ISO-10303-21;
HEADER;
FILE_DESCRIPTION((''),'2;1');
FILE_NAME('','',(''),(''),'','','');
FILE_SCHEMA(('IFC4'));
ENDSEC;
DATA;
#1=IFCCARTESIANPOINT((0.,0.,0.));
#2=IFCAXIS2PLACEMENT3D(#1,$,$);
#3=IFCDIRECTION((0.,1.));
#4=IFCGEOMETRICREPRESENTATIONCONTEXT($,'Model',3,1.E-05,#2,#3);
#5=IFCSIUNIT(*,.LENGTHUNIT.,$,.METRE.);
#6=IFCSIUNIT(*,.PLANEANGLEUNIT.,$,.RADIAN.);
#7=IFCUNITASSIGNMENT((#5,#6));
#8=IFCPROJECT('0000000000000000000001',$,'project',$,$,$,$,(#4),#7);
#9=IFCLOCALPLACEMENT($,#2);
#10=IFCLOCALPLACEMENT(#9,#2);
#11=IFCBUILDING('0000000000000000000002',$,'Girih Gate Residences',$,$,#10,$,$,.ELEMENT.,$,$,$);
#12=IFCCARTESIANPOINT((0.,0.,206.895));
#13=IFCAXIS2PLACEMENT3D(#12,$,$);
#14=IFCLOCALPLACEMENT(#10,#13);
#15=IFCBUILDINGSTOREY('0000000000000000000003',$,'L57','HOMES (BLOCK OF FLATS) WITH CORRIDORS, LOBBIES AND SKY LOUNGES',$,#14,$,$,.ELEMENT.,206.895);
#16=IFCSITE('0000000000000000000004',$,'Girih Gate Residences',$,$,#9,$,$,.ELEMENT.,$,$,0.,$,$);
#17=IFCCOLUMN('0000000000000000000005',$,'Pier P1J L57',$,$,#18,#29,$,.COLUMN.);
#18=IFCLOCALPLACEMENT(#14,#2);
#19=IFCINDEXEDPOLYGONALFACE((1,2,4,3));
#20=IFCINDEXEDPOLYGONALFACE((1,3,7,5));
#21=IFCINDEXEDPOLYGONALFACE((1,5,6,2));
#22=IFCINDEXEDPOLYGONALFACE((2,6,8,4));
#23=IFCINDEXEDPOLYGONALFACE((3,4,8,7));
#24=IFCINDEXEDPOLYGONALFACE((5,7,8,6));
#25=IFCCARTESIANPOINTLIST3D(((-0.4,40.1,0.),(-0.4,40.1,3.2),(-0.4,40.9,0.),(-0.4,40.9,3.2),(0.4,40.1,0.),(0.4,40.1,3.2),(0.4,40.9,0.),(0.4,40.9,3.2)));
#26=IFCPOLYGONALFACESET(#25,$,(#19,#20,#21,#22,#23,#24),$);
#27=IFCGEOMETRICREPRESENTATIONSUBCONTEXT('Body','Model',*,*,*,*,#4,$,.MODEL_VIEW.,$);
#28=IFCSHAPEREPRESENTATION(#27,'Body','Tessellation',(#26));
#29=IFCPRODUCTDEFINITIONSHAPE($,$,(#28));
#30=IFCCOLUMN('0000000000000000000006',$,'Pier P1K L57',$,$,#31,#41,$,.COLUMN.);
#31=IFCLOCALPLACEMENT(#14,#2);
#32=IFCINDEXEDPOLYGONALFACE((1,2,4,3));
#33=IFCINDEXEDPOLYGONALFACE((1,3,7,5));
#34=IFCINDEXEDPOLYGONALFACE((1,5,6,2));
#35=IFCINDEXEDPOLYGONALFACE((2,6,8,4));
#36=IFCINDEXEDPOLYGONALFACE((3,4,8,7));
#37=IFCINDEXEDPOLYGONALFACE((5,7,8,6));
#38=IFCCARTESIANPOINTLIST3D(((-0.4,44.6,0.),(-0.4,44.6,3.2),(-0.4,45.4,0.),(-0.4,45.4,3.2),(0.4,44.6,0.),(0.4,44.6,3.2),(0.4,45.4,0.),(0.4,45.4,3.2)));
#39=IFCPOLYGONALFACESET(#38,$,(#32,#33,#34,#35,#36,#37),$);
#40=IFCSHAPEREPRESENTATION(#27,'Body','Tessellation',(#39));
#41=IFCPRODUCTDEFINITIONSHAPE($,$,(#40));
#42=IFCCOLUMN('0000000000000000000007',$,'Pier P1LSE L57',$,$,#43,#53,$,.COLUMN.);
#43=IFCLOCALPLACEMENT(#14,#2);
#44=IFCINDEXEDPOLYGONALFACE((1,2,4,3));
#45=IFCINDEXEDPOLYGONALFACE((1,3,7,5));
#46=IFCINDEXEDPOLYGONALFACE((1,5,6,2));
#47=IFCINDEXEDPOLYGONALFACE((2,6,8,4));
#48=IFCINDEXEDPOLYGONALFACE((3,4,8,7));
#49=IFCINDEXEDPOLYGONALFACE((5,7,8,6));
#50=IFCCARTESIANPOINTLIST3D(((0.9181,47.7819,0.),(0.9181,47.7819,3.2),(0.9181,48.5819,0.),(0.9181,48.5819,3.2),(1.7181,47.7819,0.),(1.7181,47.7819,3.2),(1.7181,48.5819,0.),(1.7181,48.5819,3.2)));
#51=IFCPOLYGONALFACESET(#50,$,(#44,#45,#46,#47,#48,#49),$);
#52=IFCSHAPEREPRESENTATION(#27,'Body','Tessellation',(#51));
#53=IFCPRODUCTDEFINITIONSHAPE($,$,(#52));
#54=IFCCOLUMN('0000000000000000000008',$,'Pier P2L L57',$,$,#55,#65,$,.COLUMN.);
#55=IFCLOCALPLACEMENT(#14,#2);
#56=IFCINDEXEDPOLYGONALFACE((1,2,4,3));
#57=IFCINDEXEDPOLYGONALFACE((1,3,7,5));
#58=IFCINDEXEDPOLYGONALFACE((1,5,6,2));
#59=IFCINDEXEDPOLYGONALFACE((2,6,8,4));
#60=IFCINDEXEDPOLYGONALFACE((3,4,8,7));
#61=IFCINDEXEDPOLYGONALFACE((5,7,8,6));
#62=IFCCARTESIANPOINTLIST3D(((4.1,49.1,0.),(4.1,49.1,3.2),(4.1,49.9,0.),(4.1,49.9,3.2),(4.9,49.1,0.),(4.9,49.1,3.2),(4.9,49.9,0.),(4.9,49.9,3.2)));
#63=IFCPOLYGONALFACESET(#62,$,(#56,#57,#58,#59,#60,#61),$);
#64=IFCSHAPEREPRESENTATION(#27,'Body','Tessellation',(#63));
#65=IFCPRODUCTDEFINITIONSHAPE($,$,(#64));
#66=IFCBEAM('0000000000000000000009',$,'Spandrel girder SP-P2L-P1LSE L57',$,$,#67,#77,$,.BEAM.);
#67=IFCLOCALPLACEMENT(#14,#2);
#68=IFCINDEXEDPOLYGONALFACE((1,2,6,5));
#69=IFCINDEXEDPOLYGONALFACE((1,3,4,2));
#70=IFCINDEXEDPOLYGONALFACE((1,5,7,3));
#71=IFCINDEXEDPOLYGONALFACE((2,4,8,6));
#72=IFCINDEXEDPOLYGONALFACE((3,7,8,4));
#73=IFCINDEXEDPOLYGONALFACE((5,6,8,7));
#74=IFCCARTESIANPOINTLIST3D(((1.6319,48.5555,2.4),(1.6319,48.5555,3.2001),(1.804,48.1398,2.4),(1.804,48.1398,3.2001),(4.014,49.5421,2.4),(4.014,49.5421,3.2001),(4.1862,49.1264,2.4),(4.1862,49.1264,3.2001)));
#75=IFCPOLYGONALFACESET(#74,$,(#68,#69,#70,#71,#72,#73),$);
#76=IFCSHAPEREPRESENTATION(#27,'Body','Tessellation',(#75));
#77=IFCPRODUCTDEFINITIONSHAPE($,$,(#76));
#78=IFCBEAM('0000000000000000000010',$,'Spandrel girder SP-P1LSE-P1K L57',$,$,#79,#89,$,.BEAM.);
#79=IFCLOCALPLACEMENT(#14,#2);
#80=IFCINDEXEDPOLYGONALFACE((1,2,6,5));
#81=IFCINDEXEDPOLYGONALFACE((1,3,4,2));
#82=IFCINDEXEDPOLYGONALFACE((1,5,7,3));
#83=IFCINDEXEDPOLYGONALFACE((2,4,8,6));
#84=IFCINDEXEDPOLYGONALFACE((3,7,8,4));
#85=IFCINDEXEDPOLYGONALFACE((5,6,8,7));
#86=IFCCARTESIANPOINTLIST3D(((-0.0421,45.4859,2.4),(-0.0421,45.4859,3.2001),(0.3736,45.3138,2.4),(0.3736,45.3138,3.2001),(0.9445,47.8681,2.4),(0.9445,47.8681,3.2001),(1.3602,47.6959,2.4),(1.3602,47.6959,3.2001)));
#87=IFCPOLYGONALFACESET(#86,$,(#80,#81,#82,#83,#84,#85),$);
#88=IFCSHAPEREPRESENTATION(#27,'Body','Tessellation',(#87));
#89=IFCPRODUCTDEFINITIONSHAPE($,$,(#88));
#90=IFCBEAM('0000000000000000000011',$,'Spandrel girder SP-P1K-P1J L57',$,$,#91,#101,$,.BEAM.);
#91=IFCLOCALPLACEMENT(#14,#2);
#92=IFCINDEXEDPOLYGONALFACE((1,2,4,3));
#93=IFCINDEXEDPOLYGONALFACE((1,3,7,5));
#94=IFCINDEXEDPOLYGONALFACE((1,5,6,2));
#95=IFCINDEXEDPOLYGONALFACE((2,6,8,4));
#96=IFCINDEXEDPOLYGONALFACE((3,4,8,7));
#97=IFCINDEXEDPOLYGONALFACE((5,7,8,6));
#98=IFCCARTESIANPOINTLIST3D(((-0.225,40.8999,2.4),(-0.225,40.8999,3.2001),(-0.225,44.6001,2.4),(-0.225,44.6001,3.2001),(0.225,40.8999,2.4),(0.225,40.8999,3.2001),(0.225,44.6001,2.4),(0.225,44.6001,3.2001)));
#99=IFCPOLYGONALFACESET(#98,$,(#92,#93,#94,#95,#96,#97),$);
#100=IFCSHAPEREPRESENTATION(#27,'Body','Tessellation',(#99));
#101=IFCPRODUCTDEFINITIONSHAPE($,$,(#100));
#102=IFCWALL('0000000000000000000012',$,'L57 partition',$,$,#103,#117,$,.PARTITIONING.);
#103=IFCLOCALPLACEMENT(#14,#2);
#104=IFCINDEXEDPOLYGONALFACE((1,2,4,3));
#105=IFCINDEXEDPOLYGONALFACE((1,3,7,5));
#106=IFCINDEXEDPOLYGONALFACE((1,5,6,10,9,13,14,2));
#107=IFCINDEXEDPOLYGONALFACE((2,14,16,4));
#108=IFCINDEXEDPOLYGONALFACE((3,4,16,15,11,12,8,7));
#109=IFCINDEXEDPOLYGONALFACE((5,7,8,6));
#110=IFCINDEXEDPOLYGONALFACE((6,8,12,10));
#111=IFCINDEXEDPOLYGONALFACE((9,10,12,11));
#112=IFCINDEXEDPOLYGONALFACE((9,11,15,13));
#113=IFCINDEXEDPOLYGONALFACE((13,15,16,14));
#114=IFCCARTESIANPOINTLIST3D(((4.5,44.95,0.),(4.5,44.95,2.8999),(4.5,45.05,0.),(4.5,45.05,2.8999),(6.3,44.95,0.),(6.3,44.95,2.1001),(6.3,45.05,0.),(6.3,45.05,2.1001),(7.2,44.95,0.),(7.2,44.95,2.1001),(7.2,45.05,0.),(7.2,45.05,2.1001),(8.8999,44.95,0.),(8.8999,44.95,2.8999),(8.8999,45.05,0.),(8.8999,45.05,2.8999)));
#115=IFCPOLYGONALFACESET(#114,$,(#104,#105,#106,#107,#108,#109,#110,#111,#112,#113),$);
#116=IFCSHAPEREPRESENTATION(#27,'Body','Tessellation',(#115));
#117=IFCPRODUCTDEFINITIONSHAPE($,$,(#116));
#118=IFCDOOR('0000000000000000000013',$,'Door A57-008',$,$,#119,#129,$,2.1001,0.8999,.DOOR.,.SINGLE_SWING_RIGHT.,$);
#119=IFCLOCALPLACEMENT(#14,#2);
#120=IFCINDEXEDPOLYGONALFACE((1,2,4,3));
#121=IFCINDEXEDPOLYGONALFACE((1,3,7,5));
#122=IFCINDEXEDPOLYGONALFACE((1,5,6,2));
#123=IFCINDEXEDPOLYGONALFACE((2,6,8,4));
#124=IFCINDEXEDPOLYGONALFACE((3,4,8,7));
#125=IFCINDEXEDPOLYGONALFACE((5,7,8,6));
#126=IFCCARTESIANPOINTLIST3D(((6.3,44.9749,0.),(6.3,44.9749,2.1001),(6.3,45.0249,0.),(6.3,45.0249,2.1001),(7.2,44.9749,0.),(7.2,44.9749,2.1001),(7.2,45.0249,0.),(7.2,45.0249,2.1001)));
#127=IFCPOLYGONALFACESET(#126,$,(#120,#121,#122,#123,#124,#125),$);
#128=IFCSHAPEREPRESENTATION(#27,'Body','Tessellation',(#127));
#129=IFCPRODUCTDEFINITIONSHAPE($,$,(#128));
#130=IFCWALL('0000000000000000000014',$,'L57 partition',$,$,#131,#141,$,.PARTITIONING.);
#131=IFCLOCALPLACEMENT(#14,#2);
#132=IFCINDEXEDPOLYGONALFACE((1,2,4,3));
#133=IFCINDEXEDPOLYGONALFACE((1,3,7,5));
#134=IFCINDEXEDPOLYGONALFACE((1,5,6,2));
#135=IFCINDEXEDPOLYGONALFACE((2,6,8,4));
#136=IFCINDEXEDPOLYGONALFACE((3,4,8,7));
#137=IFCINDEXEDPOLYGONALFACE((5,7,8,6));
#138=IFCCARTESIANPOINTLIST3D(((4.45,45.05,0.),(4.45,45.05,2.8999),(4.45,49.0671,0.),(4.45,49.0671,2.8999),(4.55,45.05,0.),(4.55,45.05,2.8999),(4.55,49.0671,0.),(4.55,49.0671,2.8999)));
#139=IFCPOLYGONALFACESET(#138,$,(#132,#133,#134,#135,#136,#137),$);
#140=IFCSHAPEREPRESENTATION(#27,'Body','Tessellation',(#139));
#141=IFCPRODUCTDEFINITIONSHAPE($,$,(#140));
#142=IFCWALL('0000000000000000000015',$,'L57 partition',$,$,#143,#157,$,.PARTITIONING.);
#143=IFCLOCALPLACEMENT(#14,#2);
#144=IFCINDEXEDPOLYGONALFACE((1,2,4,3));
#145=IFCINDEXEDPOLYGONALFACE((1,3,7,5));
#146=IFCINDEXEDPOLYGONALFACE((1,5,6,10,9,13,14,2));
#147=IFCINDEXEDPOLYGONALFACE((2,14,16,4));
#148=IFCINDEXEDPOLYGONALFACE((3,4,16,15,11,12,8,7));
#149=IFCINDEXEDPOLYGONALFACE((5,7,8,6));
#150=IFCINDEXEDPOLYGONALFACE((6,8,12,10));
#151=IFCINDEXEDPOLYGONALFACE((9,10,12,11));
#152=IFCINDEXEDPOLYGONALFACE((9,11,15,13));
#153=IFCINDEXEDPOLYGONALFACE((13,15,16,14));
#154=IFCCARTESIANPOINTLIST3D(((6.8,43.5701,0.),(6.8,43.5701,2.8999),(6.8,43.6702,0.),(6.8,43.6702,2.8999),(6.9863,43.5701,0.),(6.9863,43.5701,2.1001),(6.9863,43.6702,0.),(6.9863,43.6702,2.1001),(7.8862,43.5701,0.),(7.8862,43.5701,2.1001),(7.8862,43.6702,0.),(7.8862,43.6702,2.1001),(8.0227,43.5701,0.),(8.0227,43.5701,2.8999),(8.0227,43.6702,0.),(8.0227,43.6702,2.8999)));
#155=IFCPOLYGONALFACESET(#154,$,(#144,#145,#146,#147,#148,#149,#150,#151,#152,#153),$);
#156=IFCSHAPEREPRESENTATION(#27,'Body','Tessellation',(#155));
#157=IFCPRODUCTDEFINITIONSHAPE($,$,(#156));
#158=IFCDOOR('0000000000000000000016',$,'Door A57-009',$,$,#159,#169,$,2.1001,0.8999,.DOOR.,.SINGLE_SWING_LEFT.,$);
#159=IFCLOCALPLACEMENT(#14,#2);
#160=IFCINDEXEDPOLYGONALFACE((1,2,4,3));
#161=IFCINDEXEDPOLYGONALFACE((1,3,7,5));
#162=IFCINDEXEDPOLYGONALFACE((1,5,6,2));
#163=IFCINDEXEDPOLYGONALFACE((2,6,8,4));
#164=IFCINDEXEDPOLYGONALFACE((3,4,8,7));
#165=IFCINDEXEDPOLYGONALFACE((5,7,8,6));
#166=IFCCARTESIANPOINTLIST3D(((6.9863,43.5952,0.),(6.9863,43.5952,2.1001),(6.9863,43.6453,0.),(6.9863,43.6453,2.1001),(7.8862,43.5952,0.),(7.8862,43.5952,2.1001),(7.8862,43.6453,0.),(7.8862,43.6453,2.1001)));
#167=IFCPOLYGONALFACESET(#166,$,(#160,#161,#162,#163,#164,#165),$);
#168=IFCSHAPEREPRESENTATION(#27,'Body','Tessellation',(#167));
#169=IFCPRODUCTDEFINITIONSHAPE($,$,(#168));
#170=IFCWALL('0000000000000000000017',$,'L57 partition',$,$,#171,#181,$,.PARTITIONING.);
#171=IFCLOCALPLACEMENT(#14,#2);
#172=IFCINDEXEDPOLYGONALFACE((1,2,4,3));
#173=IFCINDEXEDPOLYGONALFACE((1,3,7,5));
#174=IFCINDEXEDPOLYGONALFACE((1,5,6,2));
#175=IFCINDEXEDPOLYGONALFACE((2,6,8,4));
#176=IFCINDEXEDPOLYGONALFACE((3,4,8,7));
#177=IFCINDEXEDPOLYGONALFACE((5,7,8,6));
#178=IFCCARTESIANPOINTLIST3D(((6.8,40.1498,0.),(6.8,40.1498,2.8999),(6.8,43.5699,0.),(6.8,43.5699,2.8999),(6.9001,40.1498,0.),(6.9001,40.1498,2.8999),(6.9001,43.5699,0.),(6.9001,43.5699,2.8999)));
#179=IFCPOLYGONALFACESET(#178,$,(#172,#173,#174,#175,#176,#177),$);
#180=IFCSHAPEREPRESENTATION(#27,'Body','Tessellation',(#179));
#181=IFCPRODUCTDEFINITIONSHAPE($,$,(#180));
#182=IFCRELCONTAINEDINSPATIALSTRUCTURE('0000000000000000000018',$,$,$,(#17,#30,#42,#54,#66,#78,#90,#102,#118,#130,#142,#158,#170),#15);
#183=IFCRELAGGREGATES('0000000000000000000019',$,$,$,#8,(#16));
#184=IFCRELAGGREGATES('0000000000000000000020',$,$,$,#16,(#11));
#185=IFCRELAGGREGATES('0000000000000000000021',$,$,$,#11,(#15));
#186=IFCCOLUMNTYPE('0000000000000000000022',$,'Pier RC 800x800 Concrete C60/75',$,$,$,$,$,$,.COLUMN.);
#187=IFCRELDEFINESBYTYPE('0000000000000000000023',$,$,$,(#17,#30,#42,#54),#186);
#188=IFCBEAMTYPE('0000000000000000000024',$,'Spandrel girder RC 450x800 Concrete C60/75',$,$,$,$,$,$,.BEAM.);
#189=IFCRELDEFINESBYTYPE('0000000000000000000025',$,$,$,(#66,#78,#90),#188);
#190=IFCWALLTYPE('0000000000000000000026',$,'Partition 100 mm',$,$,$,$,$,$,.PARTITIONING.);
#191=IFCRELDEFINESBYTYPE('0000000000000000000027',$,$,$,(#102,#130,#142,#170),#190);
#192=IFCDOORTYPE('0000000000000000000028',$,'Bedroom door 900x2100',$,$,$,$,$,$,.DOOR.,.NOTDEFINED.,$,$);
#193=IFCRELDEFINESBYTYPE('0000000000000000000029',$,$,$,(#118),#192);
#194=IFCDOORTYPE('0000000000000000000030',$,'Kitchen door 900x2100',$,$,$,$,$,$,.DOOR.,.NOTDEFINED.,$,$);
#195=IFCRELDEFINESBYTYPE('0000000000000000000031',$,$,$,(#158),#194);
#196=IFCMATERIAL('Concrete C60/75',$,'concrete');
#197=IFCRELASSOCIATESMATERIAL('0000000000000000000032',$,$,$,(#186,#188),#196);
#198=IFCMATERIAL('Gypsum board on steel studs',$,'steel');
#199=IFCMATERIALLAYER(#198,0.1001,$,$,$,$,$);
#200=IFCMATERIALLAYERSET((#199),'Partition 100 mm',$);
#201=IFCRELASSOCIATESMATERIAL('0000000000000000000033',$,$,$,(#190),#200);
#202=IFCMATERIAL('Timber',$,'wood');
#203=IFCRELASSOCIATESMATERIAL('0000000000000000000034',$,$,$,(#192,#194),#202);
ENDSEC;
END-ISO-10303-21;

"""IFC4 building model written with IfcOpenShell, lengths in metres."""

from ifc_helpers import new_model, si_unit, direction, frame, frame_2d, origin, origin_2d, place, context, subcontext, project, spatial, rectangle, extrude, material, layer, layer_set, material_profile, profile_set, type_object, element, fill, save


model = new_model("IFC4")

# Units and contexts
model_context = context("Model", 3, precision=1e-05, world=origin(), true_north=direction((0.0, 1.0)))
body_context = subcontext(model_context, "Body", "Model", "MODEL_VIEW")
ifc_project = project(units=[si_unit("LENGTHUNIT", "METRE"), si_unit("PLANEANGLEUNIT", "RADIAN")], contexts=[model_context])

# Site, building, storey
site_placement = place(None, origin())
site = spatial("IfcSite", under=ifc_project, at=site_placement, Name="Girih Gate Residences", CompositionType="ELEMENT", RefElevation=0.0)
building_placement = place(site_placement, origin())
building = spatial("IfcBuilding", under=site, at=building_placement, Name="Girih Gate Residences", CompositionType="ELEMENT")
storey_placement = place(building_placement, frame((0.0, 0.0, 206.895)))
storey = spatial("IfcBuildingStorey", under=building, at=storey_placement, Name="L57", Description="HOMES (BLOCK OF FLATS) WITH CORRIDORS, LOBBIES AND SKY LOUNGES", CompositionType="ELEMENT", Elevation=206.895)

# Columns
ifc_material_1 = material(Name="Concrete C60/75", Category="concrete")
ifc_material_profile_1 = material_profile(ifc_material_1, rectangle(XDim=0.8, YDim=0.8, at=origin_2d()))
ifc_profile_set_1 = profile_set([ifc_material_profile_1], Name="Concrete C60/75")
column_type = type_object("IfcColumnType", Name="Pier RC 800x800 Concrete C60/75", PredefinedType="COLUMN", material=ifc_profile_set_1)
for number, where, z_axis, x_axis, name in (
    (1, (0.0, 40.5, 0.0), (0.0, 0.0, 1.0), (1.0, 0.0, 0.0), "Pier P1J L57"),
    (2, (0.0, 45.0, 0.0), (0.0, 0.0, 1.0), (1.0, 0.0, 0.0), "Pier P1K L57"),
    (3, (1.3181, 48.1819, 0.0), (0.0, 0.0, 1.0), (1.0, 0.0, 0.0), "Pier P1LSE L57"),
    (4, (4.5, 49.5, 0.0), (0.0, 0.0, 1.0), (1.0, 0.0, 0.0), "Pier P2L L57"),
):
    element("IfcColumn", number, at=place(storey_placement, frame(where, z_axis=z_axis, x_axis=x_axis)), inside=storey, type_object=column_type, Name=name, PredefinedType="COLUMN", context=body_context, shape_type="SweptSolid", body=[
        extrude(rectangle(XDim=0.8, YDim=0.8, at=origin_2d()), origin(), (0.0, 0.0, 1.0), 3.2),
    ])

# Beams
ifc_material_profile_2 = material_profile(ifc_material_1, rectangle(XDim=0.45, YDim=0.8, at=origin_2d()))
ifc_profile_set_2 = profile_set([ifc_material_profile_2], Name="Concrete C60/75")
beam_type = type_object("IfcBeamType", Name="Spandrel girder RC 450x800 Concrete C60/75", PredefinedType="BEAM", material=ifc_profile_set_2)
for number, where, z_axis, x_axis, name in (
    (5, (4.1001, 49.3342, 2.8), (-0.923896, -0.382644, 0.0), (0.382644, -0.923896, 0.0), "Spandrel girder SP-P2L-P1LSE L57"),
    (6, (1.1523, 47.782, 2.8), (-0.382644, -0.923896, 0.0), (0.923896, -0.382644, 0.0), "Spandrel girder SP-P1LSE-P1K L57"),
):
    element("IfcBeam", number, at=place(storey_placement, frame(where, z_axis=z_axis, x_axis=x_axis)), inside=storey, type_object=beam_type, Name=name, PredefinedType="BEAM", context=body_context, shape_type="SweptSolid", body=[
        extrude(rectangle(XDim=0.45, YDim=0.8, at=origin_2d()), origin(), (0.0, 0.0, 1.0), 2.5784),
    ])
beam_placement = place(storey_placement, frame((0.0, 44.6001, 2.8), z_axis=(0.0, -1.0, 0.0), x_axis=(1.0, 0.0, 0.0)))
element("IfcBeam", 7, at=beam_placement, inside=storey, type_object=beam_type, Name="Spandrel girder SP-P1K-P1J L57", PredefinedType="BEAM", context=body_context, shape_type="SweptSolid", body=[
    extrude(rectangle(XDim=0.45, YDim=0.8, at=origin_2d()), origin(), (0.0, 0.0, 1.0), 3.7002),
])

# Wall, opening, door
ifc_material_2 = material(Name="Gypsum board on steel studs", Category="steel")
ifc_layer_1 = layer(ifc_material_2, 0.1001)
ifc_layer_set_1 = layer_set([ifc_layer_1], Name="Partition 100 mm")
wall_type_1 = type_object("IfcWallType", Name="Partition 100 mm", PredefinedType="PARTITIONING", material=ifc_layer_set_1)
wall_1_placement = place(storey_placement, frame((4.5, 45.0, 0.0), z_axis=(0.0, 0.0, 1.0), x_axis=(1.0, 0.0, 0.0)))
wall_1 = element("IfcWall", 8, at=wall_1_placement, inside=storey, type_object=wall_type_1, Name="L57 partition", PredefinedType="PARTITIONING", context=body_context, shape_type="SweptSolid", body=[
    extrude(rectangle(XDim=4.3999, YDim=0.1001, at=frame_2d((2.2, 0.0))), origin(), (0.0, 0.0, 1.0), 2.8999),
])
opening_1_placement = place(wall_1_placement, frame((1.8, 0.0, 0.0)))
opening_1 = element("IfcOpeningElement", 9, at=opening_1_placement, cuts=wall_1, PredefinedType="OPENING", context=body_context, shape_type="SweptSolid", body=[
    extrude(rectangle(XDim=0.8999, YDim=2.1001, at=frame_2d((0.45, 1.05))), frame((0.0, 0.0601, 0.0), z_axis=(0.0, -1.0, 0.0), x_axis=(1.0, 0.0, 0.0)), (0.0, 0.0, 1.0), 0.1201),
])
ifc_material_3 = material(Name="Timber", Category="wood")
door_type_1 = type_object("IfcDoorType", Name="Bedroom door 900x2100", OperationType="NOTDEFINED", PredefinedType="DOOR", material=ifc_material_3)
door_1_placement = place(opening_1_placement, origin())
door_1 = element("IfcDoor", 10, at=door_1_placement, inside=storey, type_object=door_type_1, Name="Door A57-008", OperationType="SINGLE_SWING_RIGHT", OverallHeight=2.1001, OverallWidth=0.8999, PredefinedType="DOOR", context=body_context, shape_type="SweptSolid", body=[
    extrude(rectangle(XDim=0.8999, YDim=2.1001, at=frame_2d((0.45, 1.05))), frame((0.0, 0.0249, 0.0), z_axis=(0.0, -1.0, 0.0), x_axis=(1.0, 0.0, 0.0)), (0.0, 0.0, 1.0), 0.05),
])
fill(opening_1, door_1)

# Wall
wall_2_placement = place(storey_placement, frame((4.5, 45.05, 0.0), z_axis=(0.0, 0.0, 1.0), x_axis=(0.0, 1.0, 0.0)))
element("IfcWall", 11, at=wall_2_placement, inside=storey, type_object=wall_type_1, Name="L57 partition", PredefinedType="PARTITIONING", context=body_context, shape_type="SweptSolid", body=[
    extrude(rectangle(XDim=4.0171, YDim=0.1001, at=frame_2d((2.0085, 0.0))), origin(), (0.0, 0.0, 1.0), 2.8999),
])

# Wall, opening, door
wall_3_placement = place(storey_placement, frame((8.0227, 43.6201, 0.0), z_axis=(0.0, 0.0, 1.0), x_axis=(-1.0, 0.0, 0.0)))
wall_3 = element("IfcWall", 12, at=wall_3_placement, inside=storey, type_object=wall_type_1, Name="L57 partition", PredefinedType="PARTITIONING", context=body_context, shape_type="SweptSolid", body=[
    extrude(rectangle(XDim=1.2227, YDim=0.1001, at=frame_2d((0.6113, 0.0))), origin(), (0.0, 0.0, 1.0), 2.8999),
])
opening_2_placement = place(wall_3_placement, frame((0.1365, 0.0, 0.0)))
opening_2 = element("IfcOpeningElement", 13, at=opening_2_placement, cuts=wall_3, PredefinedType="OPENING", context=body_context, shape_type="SweptSolid", body=[
    extrude(rectangle(XDim=0.8999, YDim=2.1001, at=frame_2d((0.45, 1.05))), frame((0.0, 0.0601, 0.0), z_axis=(0.0, -1.0, 0.0), x_axis=(1.0, 0.0, 0.0)), (0.0, 0.0, 1.0), 0.1201),
])
door_type_2 = type_object("IfcDoorType", Name="Kitchen door 900x2100", OperationType="NOTDEFINED", PredefinedType="DOOR", material=ifc_material_3)
door_2_placement = place(opening_2_placement, origin())
door_2 = element("IfcDoor", 14, at=door_2_placement, inside=storey, type_object=door_type_2, Name="Door A57-009", OperationType="SINGLE_SWING_LEFT", OverallHeight=2.1001, OverallWidth=0.8999, PredefinedType="DOOR", context=body_context, shape_type="SweptSolid", body=[
    extrude(rectangle(XDim=0.8999, YDim=2.1001, at=frame_2d((0.45, 1.05))), frame((0.0, 0.0249, 0.0), z_axis=(0.0, -1.0, 0.0), x_axis=(1.0, 0.0, 0.0)), (0.0, 0.0, 1.0), 0.05),
])
fill(opening_2, door_2)

# Wall
wall_4_placement = place(storey_placement, frame((6.8501, 40.1499, 0.0), z_axis=(0.0, 0.0, 1.0), x_axis=(0.0, 1.0, 0.0)))
element("IfcWall", 15, at=wall_4_placement, inside=storey, type_object=wall_type_1, Name="L57 partition", PredefinedType="PARTITIONING", context=body_context, shape_type="SweptSolid", body=[
    extrude(rectangle(XDim=3.4202, YDim=0.1001, at=frame_2d((1.71, 0.0))), origin(), (0.0, 0.0, 1.0), 2.8999),
])

save(model, "model.ifc")
